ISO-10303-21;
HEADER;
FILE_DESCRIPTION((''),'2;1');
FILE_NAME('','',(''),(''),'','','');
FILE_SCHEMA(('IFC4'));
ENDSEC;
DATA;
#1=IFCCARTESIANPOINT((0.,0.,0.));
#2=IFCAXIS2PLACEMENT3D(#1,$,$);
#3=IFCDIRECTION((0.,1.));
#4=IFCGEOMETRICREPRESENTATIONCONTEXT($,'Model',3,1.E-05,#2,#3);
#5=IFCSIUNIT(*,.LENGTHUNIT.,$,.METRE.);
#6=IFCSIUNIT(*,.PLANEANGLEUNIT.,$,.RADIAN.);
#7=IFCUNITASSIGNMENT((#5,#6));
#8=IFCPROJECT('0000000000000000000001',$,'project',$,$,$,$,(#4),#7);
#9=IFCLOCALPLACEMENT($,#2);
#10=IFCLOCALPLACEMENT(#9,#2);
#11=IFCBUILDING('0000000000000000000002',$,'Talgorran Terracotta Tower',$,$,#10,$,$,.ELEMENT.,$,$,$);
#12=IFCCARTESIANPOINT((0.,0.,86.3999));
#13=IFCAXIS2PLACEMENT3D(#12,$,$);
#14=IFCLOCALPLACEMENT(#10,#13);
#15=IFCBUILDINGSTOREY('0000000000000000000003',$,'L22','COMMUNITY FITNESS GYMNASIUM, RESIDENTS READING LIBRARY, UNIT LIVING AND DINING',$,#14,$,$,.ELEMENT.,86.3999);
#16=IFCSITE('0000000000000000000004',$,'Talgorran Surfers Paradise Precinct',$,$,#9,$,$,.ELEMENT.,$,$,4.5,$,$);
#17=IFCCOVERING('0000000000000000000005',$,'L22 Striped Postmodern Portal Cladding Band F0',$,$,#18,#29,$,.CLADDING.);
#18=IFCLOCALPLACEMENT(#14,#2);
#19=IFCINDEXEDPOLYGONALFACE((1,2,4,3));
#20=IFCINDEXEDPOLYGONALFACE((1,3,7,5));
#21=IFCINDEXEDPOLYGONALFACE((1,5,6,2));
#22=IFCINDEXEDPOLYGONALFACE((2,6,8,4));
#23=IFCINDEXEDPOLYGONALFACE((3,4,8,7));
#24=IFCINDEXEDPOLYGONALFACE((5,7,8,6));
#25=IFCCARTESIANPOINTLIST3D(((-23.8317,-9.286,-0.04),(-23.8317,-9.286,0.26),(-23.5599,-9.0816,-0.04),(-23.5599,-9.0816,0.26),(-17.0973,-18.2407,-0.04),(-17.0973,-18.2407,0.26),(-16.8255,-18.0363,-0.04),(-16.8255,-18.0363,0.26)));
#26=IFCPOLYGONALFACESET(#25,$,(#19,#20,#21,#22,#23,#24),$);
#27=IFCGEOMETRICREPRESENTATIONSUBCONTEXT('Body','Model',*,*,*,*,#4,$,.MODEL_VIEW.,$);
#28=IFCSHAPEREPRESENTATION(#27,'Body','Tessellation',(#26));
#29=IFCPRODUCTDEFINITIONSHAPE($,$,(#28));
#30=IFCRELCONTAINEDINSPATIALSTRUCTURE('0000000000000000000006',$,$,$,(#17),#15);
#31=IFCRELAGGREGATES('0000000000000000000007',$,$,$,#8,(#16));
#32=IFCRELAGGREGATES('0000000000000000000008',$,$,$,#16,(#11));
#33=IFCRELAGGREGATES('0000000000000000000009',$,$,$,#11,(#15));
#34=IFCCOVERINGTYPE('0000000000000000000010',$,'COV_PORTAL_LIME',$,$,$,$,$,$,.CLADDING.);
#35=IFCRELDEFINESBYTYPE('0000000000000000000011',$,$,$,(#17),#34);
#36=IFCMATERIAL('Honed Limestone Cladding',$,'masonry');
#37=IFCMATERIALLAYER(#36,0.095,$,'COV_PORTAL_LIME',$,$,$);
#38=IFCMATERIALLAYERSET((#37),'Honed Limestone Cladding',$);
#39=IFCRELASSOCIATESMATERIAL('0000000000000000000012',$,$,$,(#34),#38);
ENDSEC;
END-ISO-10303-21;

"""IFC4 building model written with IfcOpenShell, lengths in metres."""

from ifc_helpers import new_model, si_unit, direction, frame, origin, origin_2d, place, context, subcontext, project, spatial, rectangle, extrude, material, layer, layer_set, type_object, element, save


model = new_model("IFC4")

# Units and contexts
model_context = context("Model", 3, precision=1e-05, world=origin(), true_north=direction((0.0, 1.0)))
body_context = subcontext(model_context, "Body", "Model", "MODEL_VIEW")
ifc_project = project(units=[si_unit("LENGTHUNIT", "METRE"), si_unit("PLANEANGLEUNIT", "RADIAN")], contexts=[model_context])

# Site, building, storey
site_placement = place(None, origin())
site = spatial("IfcSite", under=ifc_project, at=site_placement, Name="Talgorran Surfers Paradise Precinct", CompositionType="ELEMENT", RefElevation=4.5)
building_placement = place(site_placement, origin())
building = spatial("IfcBuilding", under=site, at=building_placement, Name="Talgorran Terracotta Tower", CompositionType="ELEMENT")
storey_placement = place(building_placement, frame((0.0, 0.0, 86.3999)))
storey = spatial("IfcBuildingStorey", under=building, at=storey_placement, Name="L22", Description="COMMUNITY FITNESS GYMNASIUM, RESIDENTS READING LIBRARY, UNIT LIVING AND DINING", CompositionType="ELEMENT", Elevation=86.3999)

# Covering
ifc_material_1 = material(Name="Honed Limestone Cladding", Category="masonry")
ifc_layer_1 = layer(ifc_material_1, 0.095, Name="COV_PORTAL_LIME")
ifc_layer_set_1 = layer_set([ifc_layer_1], Name="Honed Limestone Cladding")
covering_type_1 = type_object("IfcCoveringType", Name="COV_PORTAL_LIME", PredefinedType="CLADDING", material=ifc_layer_set_1)
covering_1_placement = place(storey_placement, frame((-20.3286, -13.6611, -0.04), z_axis=(0.0, 0.0, 1.0), x_axis=(0.601048, -0.799213, 0.0)))
element("IfcCovering", 1, at=covering_1_placement, inside=storey, type_object=covering_type_1, Name="L22 Striped Postmodern Portal Cladding Band F0", PredefinedType="CLADDING", context=body_context, shape_type="SweptSolid", body=[
    extrude(rectangle(XDim=11.2043, YDim=0.3401, at=origin_2d()), origin(), (0.0, 0.0, 1.0), 0.3),
])

save(model, "model.ifc")
